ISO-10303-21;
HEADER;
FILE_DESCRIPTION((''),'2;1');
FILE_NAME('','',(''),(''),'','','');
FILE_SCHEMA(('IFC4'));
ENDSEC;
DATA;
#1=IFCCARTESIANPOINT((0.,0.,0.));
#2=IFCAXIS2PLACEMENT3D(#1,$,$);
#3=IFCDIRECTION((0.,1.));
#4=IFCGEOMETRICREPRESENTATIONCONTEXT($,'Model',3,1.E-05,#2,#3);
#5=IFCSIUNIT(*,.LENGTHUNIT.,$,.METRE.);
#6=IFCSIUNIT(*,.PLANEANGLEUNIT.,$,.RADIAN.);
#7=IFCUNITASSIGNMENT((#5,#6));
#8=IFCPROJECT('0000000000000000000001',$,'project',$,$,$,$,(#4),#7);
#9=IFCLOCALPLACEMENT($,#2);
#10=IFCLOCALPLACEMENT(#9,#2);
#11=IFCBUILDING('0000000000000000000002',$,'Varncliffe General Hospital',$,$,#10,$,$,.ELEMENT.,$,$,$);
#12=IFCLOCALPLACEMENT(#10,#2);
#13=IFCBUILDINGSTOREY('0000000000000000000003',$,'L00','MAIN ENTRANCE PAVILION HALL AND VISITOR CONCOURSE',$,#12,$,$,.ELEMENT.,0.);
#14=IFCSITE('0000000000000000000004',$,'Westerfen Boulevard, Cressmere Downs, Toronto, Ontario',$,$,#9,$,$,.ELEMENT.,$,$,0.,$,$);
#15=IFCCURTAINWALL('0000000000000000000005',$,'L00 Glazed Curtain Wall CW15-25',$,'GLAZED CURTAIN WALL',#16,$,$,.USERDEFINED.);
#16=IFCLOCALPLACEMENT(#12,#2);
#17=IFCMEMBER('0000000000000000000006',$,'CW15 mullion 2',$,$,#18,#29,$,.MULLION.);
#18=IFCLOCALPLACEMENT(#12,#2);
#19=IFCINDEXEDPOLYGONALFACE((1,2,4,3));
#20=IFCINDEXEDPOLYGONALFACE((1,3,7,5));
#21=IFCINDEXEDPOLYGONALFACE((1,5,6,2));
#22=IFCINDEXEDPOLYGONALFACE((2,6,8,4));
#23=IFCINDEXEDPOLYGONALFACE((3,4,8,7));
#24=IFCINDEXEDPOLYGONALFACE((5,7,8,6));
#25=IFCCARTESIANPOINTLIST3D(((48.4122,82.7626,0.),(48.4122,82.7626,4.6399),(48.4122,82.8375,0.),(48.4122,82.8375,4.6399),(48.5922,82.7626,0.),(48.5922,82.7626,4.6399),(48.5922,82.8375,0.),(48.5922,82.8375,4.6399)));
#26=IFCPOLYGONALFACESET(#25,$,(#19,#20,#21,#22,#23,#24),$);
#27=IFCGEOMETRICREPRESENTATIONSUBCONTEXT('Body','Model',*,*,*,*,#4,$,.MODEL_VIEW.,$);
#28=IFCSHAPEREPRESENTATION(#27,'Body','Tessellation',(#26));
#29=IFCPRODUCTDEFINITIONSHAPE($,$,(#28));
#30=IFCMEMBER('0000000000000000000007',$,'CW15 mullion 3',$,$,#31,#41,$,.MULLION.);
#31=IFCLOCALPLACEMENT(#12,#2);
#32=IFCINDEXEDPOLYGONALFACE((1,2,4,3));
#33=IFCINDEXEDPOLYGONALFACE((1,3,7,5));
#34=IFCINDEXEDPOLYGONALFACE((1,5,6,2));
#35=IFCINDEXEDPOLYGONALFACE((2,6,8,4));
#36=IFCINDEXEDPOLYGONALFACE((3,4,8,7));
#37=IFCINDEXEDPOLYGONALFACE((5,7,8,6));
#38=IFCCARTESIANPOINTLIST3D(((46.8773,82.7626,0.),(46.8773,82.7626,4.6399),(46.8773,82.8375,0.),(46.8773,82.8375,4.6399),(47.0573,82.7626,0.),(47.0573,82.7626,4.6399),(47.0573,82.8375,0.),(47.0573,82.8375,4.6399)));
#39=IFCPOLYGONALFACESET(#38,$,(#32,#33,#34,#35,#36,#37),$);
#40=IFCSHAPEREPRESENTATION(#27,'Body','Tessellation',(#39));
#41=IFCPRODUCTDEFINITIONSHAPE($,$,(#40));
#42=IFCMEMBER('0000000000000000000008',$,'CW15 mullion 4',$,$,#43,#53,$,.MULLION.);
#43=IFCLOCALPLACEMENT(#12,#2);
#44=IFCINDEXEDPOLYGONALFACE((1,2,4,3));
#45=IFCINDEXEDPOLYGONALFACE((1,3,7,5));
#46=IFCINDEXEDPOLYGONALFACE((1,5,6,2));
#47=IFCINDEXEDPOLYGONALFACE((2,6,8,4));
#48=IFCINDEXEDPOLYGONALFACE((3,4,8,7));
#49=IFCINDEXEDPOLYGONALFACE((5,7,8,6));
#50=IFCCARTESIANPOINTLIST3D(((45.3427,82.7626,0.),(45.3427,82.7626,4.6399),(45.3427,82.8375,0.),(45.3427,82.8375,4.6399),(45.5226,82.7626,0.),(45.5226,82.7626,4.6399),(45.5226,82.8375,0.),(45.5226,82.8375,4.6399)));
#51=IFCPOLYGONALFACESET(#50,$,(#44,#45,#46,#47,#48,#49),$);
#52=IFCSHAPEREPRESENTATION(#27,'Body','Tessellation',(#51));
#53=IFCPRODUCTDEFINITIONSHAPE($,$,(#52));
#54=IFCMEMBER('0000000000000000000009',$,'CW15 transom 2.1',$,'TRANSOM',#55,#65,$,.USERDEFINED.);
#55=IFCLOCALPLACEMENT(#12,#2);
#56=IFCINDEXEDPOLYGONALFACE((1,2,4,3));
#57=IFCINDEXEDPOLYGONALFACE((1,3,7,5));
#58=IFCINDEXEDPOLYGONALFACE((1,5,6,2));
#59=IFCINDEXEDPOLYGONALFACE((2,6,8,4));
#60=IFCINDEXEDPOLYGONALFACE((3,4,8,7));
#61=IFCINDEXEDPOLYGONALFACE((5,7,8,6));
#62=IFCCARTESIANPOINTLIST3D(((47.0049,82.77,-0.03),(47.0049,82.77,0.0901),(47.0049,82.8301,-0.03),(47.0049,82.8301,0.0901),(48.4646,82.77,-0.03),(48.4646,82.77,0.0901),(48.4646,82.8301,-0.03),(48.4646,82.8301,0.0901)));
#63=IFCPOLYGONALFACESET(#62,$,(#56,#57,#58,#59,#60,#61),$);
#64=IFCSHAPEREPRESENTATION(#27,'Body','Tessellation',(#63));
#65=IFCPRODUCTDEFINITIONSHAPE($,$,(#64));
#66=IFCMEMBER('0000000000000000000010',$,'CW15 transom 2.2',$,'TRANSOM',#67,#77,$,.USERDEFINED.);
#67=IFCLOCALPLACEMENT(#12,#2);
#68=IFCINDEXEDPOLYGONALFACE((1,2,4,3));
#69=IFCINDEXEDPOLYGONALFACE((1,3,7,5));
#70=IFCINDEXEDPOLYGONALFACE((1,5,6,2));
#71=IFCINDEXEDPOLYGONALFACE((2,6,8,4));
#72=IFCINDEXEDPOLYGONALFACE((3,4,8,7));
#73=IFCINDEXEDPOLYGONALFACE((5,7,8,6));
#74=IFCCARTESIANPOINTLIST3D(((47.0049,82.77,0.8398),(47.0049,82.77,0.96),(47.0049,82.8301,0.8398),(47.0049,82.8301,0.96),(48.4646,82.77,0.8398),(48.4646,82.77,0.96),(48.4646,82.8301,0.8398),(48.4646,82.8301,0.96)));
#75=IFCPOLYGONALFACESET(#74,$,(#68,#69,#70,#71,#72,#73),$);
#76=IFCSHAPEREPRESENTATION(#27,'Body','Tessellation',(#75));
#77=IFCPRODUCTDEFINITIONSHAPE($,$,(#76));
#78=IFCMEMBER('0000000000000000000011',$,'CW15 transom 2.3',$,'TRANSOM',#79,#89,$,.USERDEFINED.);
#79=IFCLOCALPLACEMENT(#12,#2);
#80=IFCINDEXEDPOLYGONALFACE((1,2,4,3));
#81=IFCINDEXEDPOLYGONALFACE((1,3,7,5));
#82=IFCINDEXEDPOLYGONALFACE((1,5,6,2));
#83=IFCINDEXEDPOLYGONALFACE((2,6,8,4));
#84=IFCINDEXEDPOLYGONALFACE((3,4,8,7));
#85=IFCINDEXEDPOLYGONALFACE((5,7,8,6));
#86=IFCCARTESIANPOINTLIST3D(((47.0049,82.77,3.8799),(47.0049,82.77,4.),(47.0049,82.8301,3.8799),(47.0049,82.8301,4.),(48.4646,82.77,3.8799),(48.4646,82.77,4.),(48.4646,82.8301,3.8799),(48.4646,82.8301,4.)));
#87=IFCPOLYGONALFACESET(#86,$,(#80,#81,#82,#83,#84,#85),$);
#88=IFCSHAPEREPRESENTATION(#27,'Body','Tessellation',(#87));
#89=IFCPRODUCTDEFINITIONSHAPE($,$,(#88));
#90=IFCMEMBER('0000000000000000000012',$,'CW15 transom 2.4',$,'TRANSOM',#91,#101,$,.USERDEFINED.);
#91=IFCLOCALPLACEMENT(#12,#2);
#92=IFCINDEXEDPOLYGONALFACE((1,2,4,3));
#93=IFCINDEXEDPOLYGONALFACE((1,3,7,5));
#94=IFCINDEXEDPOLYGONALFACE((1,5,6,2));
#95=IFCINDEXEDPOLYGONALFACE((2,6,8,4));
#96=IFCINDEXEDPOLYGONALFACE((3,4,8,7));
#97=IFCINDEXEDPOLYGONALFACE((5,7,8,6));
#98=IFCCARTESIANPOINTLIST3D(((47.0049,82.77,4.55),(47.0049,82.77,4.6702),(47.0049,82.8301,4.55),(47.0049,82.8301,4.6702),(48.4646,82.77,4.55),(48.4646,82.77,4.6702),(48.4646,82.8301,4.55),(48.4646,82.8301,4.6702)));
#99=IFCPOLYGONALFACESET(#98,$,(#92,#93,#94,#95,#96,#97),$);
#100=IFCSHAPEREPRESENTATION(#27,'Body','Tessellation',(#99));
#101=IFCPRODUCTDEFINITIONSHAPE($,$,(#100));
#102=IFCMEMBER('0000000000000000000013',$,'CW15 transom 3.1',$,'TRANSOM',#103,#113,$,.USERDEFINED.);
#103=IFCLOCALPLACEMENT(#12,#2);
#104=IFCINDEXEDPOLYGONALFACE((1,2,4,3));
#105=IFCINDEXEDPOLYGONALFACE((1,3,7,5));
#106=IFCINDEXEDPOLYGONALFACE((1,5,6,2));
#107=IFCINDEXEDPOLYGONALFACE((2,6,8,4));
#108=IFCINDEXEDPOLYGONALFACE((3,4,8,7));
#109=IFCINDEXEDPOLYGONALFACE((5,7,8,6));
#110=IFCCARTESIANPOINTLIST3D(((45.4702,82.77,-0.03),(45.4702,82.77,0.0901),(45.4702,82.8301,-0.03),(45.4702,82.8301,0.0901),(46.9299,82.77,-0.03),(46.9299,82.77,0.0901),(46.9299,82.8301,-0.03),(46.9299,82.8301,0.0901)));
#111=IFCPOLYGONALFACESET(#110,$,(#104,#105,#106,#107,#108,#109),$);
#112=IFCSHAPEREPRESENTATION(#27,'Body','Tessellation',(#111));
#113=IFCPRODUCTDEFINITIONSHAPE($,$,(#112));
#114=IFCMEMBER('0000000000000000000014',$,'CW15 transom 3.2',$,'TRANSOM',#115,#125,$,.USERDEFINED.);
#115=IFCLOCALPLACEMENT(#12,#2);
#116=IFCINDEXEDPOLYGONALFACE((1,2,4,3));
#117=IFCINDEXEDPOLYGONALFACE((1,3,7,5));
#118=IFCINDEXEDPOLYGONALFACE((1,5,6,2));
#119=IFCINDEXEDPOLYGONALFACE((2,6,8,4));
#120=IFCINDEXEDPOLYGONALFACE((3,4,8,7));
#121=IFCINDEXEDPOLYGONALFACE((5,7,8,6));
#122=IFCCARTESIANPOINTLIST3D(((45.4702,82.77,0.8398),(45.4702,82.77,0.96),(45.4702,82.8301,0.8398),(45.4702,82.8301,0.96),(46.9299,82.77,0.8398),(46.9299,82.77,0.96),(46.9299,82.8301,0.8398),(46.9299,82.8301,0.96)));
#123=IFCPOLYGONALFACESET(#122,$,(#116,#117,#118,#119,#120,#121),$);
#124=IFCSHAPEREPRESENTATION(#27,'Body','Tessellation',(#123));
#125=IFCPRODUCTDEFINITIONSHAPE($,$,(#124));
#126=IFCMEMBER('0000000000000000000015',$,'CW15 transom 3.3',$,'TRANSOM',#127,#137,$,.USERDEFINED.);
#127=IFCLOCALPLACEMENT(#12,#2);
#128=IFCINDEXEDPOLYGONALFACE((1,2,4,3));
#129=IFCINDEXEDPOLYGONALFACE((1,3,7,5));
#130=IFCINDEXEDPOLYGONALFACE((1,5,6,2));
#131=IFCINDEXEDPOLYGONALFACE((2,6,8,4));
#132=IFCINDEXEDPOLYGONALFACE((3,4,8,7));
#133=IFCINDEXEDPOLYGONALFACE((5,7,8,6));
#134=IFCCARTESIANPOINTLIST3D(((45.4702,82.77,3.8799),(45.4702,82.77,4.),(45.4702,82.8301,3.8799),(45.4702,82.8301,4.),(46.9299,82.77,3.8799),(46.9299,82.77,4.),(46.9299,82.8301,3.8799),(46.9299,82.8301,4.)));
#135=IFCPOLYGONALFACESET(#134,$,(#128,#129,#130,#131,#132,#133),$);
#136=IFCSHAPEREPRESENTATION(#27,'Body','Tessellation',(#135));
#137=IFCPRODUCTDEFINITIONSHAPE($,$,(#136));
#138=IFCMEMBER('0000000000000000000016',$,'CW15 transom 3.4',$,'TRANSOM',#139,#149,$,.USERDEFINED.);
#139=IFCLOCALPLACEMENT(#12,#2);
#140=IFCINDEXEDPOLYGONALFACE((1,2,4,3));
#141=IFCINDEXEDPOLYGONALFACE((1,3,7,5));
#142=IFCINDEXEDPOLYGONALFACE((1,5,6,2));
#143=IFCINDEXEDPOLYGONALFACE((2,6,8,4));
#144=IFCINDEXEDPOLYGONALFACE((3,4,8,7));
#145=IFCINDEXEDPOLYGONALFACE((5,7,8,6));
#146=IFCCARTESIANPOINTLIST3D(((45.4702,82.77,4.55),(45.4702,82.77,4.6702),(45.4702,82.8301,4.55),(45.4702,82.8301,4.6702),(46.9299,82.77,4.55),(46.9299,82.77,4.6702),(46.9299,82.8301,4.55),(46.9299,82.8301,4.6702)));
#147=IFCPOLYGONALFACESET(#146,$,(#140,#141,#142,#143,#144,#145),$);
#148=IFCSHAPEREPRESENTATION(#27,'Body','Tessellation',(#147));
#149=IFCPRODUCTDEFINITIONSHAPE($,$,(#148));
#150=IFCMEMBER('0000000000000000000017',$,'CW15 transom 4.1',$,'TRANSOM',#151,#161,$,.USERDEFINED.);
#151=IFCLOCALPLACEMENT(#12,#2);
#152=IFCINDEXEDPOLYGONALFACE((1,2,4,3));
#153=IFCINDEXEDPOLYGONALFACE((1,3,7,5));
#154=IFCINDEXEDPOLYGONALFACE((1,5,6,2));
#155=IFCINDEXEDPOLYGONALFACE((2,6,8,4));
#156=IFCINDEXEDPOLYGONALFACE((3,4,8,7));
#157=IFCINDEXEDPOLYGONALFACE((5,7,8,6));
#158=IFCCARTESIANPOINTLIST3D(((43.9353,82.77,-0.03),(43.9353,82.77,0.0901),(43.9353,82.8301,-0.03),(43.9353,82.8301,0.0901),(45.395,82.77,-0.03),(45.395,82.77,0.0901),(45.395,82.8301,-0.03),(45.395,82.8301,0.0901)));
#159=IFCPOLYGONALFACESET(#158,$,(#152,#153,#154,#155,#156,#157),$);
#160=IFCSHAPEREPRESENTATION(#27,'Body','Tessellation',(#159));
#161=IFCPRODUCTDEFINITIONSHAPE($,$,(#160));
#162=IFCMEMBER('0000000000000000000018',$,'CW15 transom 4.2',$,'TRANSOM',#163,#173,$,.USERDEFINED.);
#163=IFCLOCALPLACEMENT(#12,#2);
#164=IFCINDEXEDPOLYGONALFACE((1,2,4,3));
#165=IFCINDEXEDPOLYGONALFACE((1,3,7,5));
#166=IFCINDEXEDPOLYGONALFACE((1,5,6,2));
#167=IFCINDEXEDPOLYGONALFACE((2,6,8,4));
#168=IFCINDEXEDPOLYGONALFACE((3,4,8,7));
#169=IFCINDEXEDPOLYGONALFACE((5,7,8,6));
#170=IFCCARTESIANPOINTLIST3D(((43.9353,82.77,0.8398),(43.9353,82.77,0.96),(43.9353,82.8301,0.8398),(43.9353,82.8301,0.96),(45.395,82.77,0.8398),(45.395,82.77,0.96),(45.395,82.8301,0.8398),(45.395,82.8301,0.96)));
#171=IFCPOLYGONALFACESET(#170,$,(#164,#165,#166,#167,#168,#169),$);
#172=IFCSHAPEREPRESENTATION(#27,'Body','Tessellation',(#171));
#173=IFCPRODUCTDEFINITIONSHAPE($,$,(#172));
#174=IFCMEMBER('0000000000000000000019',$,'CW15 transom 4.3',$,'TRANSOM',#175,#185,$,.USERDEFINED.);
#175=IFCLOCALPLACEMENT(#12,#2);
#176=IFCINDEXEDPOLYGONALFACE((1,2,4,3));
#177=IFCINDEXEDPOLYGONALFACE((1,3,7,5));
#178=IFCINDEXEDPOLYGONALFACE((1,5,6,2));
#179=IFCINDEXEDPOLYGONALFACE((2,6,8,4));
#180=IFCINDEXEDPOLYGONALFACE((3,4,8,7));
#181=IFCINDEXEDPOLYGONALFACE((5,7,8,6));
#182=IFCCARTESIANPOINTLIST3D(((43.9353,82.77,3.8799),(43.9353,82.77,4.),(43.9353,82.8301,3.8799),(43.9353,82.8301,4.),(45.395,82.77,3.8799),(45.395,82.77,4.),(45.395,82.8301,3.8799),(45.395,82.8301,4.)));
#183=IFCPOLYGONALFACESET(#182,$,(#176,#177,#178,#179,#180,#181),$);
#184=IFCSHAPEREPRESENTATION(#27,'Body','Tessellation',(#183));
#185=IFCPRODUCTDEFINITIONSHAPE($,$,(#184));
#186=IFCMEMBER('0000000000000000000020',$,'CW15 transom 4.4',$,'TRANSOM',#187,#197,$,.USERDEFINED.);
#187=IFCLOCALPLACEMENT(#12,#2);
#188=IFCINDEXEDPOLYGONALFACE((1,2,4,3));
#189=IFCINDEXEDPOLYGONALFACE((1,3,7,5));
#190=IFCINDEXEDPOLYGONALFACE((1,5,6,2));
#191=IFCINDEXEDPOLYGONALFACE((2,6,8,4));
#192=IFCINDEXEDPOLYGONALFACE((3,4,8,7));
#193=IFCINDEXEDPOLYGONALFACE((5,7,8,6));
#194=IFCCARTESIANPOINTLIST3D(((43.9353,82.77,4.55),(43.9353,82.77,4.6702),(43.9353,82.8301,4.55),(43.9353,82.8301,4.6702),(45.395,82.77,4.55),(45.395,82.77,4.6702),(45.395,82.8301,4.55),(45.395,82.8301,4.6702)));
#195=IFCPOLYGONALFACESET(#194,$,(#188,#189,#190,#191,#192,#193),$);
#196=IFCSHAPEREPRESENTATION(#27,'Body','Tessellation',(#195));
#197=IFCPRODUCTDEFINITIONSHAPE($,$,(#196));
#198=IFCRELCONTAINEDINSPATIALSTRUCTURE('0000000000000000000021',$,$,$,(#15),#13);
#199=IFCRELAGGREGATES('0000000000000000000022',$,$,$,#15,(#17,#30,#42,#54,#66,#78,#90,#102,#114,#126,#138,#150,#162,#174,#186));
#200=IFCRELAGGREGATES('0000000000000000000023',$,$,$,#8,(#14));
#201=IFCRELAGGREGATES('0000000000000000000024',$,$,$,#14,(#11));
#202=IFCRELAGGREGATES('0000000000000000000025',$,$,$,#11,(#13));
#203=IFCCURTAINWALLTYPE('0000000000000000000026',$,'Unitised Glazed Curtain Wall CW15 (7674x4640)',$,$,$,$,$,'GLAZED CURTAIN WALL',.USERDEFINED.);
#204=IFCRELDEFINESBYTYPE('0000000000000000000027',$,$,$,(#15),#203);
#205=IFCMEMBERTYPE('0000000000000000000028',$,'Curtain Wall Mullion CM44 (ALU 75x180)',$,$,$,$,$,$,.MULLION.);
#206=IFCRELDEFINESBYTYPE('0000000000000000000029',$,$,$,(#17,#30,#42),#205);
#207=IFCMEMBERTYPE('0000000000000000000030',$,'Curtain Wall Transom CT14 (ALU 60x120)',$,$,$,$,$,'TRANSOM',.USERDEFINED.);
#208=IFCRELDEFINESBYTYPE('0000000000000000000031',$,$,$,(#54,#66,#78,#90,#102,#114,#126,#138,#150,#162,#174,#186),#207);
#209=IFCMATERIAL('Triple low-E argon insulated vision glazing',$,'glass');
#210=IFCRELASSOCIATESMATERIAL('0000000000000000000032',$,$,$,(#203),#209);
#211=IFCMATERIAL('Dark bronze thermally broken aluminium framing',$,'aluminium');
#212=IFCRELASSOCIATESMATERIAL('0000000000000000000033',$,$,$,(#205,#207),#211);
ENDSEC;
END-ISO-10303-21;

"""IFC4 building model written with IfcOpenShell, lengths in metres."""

from ifc_helpers import new_model, si_unit, direction, frame, origin, origin_2d, place, context, subcontext, project, spatial, rectangle, extrude, material, material_profile, profile_set, type_object, element, aggregate, save


model = new_model("IFC4")

# Units and contexts
model_context = context("Model", 3, precision=1e-05, world=origin(), true_north=direction((0.0, 1.0)))
body_context = subcontext(model_context, "Body", "Model", "MODEL_VIEW")
ifc_project = project(units=[si_unit("LENGTHUNIT", "METRE"), si_unit("PLANEANGLEUNIT", "RADIAN")], contexts=[model_context])

# Site, building, storey
site_placement = place(None, origin())
site = spatial("IfcSite", under=ifc_project, at=site_placement, Name="Westerfen Boulevard, Cressmere Downs, Toronto, Ontario", CompositionType="ELEMENT", RefElevation=0.0)
building_placement = place(site_placement, origin())
building = spatial("IfcBuilding", under=site, at=building_placement, Name="Varncliffe General Hospital", CompositionType="ELEMENT")
storey_placement = place(building_placement, origin())
storey = spatial("IfcBuildingStorey", under=building, at=storey_placement, Name="L00", Description="MAIN ENTRANCE PAVILION HALL AND VISITOR CONCOURSE", CompositionType="ELEMENT", Elevation=0.0)

# Curtain wall, members
ifc_material_1 = material(Name="Triple low-E argon insulated vision glazing", Category="glass")
curtain_wall_type = type_object("IfcCurtainWallType", Name="Unitised Glazed Curtain Wall CW15 (7674x4640)", ElementType="GLAZED CURTAIN WALL", PredefinedType="USERDEFINED", material=ifc_material_1)
curtain_wall_placement = place(storey_placement, origin())
curtain_wall = element("IfcCurtainWall", 1, at=curtain_wall_placement, inside=storey, type_object=curtain_wall_type, Name="L00 Glazed Curtain Wall CW15-25", ObjectType="GLAZED CURTAIN WALL", PredefinedType="USERDEFINED")
ifc_material_2 = material(Name="Dark bronze thermally broken aluminium framing", Category="aluminium")
ifc_material_profile_1 = material_profile(ifc_material_2, rectangle(XDim=0.075, YDim=0.1799, at=origin_2d()), Name="ALU 75x180")
ifc_profile_set_1 = profile_set([ifc_material_profile_1], Name="Dark bronze thermally broken aluminium framing")
member_type_1 = type_object("IfcMemberType", Name="Curtain Wall Mullion CM44 (ALU 75x180)", PredefinedType="MULLION", material=ifc_profile_set_1)
member_1_placement = place(storey_placement, frame((48.5022, 82.8, 0.0), z_axis=(0.0, 0.0, 1.0), x_axis=(0.0, -1.0, 0.0)))
member_1 = element("IfcMember", 2, at=member_1_placement, type_object=member_type_1, Name="CW15 mullion 2", PredefinedType="MULLION", context=body_context, shape_type="SweptSolid", body=[
    extrude(rectangle(XDim=0.075, YDim=0.1799, at=origin_2d()), origin(), (0.0, 0.0, 1.0), 4.6399),
])
member_2_placement = place(storey_placement, frame((46.9673, 82.8, 0.0), z_axis=(0.0, 0.0, 1.0), x_axis=(0.0, -1.0, 0.0)))
member_2 = element("IfcMember", 3, at=member_2_placement, type_object=member_type_1, Name="CW15 mullion 3", PredefinedType="MULLION", context=body_context, shape_type="SweptSolid", body=[
    extrude(rectangle(XDim=0.075, YDim=0.1799, at=origin_2d()), origin(), (0.0, 0.0, 1.0), 4.6399),
])
member_3_placement = place(storey_placement, frame((45.4326, 82.8, 0.0), z_axis=(0.0, 0.0, 1.0), x_axis=(0.0, -1.0, 0.0)))
member_3 = element("IfcMember", 4, at=member_3_placement, type_object=member_type_1, Name="CW15 mullion 4", PredefinedType="MULLION", context=body_context, shape_type="SweptSolid", body=[
    extrude(rectangle(XDim=0.075, YDim=0.1799, at=origin_2d()), origin(), (0.0, 0.0, 1.0), 4.6399),
])
ifc_material_profile_2 = material_profile(ifc_material_2, rectangle(XDim=0.0601, YDim=0.1201, at=origin_2d()), Name="ALU 60x120")
ifc_profile_set_2 = profile_set([ifc_material_profile_2], Name="Dark bronze thermally broken aluminium framing")
member_type_2 = type_object("IfcMemberType", Name="Curtain Wall Transom CT14 (ALU 60x120)", ElementType="TRANSOM", PredefinedType="USERDEFINED", material=ifc_profile_set_2)
member_4_placement = place(storey_placement, frame((48.4646, 82.8, 0.03), z_axis=(-1.0, 0.0, 0.0), x_axis=(0.0, -1.0, 0.0)))
member_4 = element("IfcMember", 5, at=member_4_placement, type_object=member_type_2, Name="CW15 transom 2.1", ObjectType="TRANSOM", PredefinedType="USERDEFINED", context=body_context, shape_type="SweptSolid", body=[
    extrude(rectangle(XDim=0.0601, YDim=0.1201, at=origin_2d()), origin(), (0.0, 0.0, 1.0), 1.4597),
])
member_5_placement = place(storey_placement, frame((48.4646, 82.8, 0.8999), z_axis=(-1.0, 0.0, 0.0), x_axis=(0.0, -1.0, 0.0)))
member_5 = element("IfcMember", 6, at=member_5_placement, type_object=member_type_2, Name="CW15 transom 2.2", ObjectType="TRANSOM", PredefinedType="USERDEFINED", context=body_context, shape_type="SweptSolid", body=[
    extrude(rectangle(XDim=0.0601, YDim=0.1201, at=origin_2d()), origin(), (0.0, 0.0, 1.0), 1.4597),
])
member_6_placement = place(storey_placement, frame((48.4646, 82.8, 3.9399), z_axis=(-1.0, 0.0, 0.0), x_axis=(0.0, -1.0, 0.0)))
member_6 = element("IfcMember", 7, at=member_6_placement, type_object=member_type_2, Name="CW15 transom 2.3", ObjectType="TRANSOM", PredefinedType="USERDEFINED", context=body_context, shape_type="SweptSolid", body=[
    extrude(rectangle(XDim=0.0601, YDim=0.1201, at=origin_2d()), origin(), (0.0, 0.0, 1.0), 1.4597),
])
member_7_placement = place(storey_placement, frame((48.4646, 82.8, 4.6101), z_axis=(-1.0, 0.0, 0.0), x_axis=(0.0, -1.0, 0.0)))
member_7 = element("IfcMember", 8, at=member_7_placement, type_object=member_type_2, Name="CW15 transom 2.4", ObjectType="TRANSOM", PredefinedType="USERDEFINED", context=body_context, shape_type="SweptSolid", body=[
    extrude(rectangle(XDim=0.0601, YDim=0.1201, at=origin_2d()), origin(), (0.0, 0.0, 1.0), 1.4597),
])
member_8_placement = place(storey_placement, frame((46.9299, 82.8, 0.03), z_axis=(-1.0, 0.0, 0.0), x_axis=(0.0, -1.0, 0.0)))
member_8 = element("IfcMember", 9, at=member_8_placement, type_object=member_type_2, Name="CW15 transom 3.1", ObjectType="TRANSOM", PredefinedType="USERDEFINED", context=body_context, shape_type="SweptSolid", body=[
    extrude(rectangle(XDim=0.0601, YDim=0.1201, at=origin_2d()), origin(), (0.0, 0.0, 1.0), 1.4597),
])
member_9_placement = place(storey_placement, frame((46.9299, 82.8, 0.8999), z_axis=(-1.0, 0.0, 0.0), x_axis=(0.0, -1.0, 0.0)))
member_9 = element("IfcMember", 10, at=member_9_placement, type_object=member_type_2, Name="CW15 transom 3.2", ObjectType="TRANSOM", PredefinedType="USERDEFINED", context=body_context, shape_type="SweptSolid", body=[
    extrude(rectangle(XDim=0.0601, YDim=0.1201, at=origin_2d()), origin(), (0.0, 0.0, 1.0), 1.4597),
])
member_10_placement = place(storey_placement, frame((46.9299, 82.8, 3.9399), z_axis=(-1.0, 0.0, 0.0), x_axis=(0.0, -1.0, 0.0)))
member_10 = element("IfcMember", 11, at=member_10_placement, type_object=member_type_2, Name="CW15 transom 3.3", ObjectType="TRANSOM", PredefinedType="USERDEFINED", context=body_context, shape_type="SweptSolid", body=[
    extrude(rectangle(XDim=0.0601, YDim=0.1201, at=origin_2d()), origin(), (0.0, 0.0, 1.0), 1.4597),
])
member_11_placement = place(storey_placement, frame((46.9299, 82.8, 4.6101), z_axis=(-1.0, 0.0, 0.0), x_axis=(0.0, -1.0, 0.0)))
member_11 = element("IfcMember", 12, at=member_11_placement, type_object=member_type_2, Name="CW15 transom 3.4", ObjectType="TRANSOM", PredefinedType="USERDEFINED", context=body_context, shape_type="SweptSolid", body=[
    extrude(rectangle(XDim=0.0601, YDim=0.1201, at=origin_2d()), origin(), (0.0, 0.0, 1.0), 1.4597),
])
member_12_placement = place(storey_placement, frame((45.395, 82.8, 0.03), z_axis=(-1.0, 0.0, 0.0), x_axis=(0.0, -1.0, 0.0)))
member_12 = element("IfcMember", 13, at=member_12_placement, type_object=member_type_2, Name="CW15 transom 4.1", ObjectType="TRANSOM", PredefinedType="USERDEFINED", context=body_context, shape_type="SweptSolid", body=[
    extrude(rectangle(XDim=0.0601, YDim=0.1201, at=origin_2d()), origin(), (0.0, 0.0, 1.0), 1.4597),
])
member_13_placement = place(storey_placement, frame((45.395, 82.8, 0.8999), z_axis=(-1.0, 0.0, 0.0), x_axis=(0.0, -1.0, 0.0)))
member_13 = element("IfcMember", 14, at=member_13_placement, type_object=member_type_2, Name="CW15 transom 4.2", ObjectType="TRANSOM", PredefinedType="USERDEFINED", context=body_context, shape_type="SweptSolid", body=[
    extrude(rectangle(XDim=0.0601, YDim=0.1201, at=origin_2d()), origin(), (0.0, 0.0, 1.0), 1.4597),
])
member_14_placement = place(storey_placement, frame((45.395, 82.8, 3.9399), z_axis=(-1.0, 0.0, 0.0), x_axis=(0.0, -1.0, 0.0)))
member_14 = element("IfcMember", 15, at=member_14_placement, type_object=member_type_2, Name="CW15 transom 4.3", ObjectType="TRANSOM", PredefinedType="USERDEFINED", context=body_context, shape_type="SweptSolid", body=[
    extrude(rectangle(XDim=0.0601, YDim=0.1201, at=origin_2d()), origin(), (0.0, 0.0, 1.0), 1.4597),
])
member_15_placement = place(storey_placement, frame((45.395, 82.8, 4.6101), z_axis=(-1.0, 0.0, 0.0), x_axis=(0.0, -1.0, 0.0)))
member_15 = element("IfcMember", 16, at=member_15_placement, type_object=member_type_2, Name="CW15 transom 4.4", ObjectType="TRANSOM", PredefinedType="USERDEFINED", context=body_context, shape_type="SweptSolid", body=[
    extrude(rectangle(XDim=0.0601, YDim=0.1201, at=origin_2d()), origin(), (0.0, 0.0, 1.0), 1.4597),
])
aggregate(curtain_wall, [member_1, member_2, member_3, member_4, member_5, member_6, member_7, member_8, member_9, member_10, member_11, member_12, member_13, member_14, member_15])

save(model, "model.ifc")
